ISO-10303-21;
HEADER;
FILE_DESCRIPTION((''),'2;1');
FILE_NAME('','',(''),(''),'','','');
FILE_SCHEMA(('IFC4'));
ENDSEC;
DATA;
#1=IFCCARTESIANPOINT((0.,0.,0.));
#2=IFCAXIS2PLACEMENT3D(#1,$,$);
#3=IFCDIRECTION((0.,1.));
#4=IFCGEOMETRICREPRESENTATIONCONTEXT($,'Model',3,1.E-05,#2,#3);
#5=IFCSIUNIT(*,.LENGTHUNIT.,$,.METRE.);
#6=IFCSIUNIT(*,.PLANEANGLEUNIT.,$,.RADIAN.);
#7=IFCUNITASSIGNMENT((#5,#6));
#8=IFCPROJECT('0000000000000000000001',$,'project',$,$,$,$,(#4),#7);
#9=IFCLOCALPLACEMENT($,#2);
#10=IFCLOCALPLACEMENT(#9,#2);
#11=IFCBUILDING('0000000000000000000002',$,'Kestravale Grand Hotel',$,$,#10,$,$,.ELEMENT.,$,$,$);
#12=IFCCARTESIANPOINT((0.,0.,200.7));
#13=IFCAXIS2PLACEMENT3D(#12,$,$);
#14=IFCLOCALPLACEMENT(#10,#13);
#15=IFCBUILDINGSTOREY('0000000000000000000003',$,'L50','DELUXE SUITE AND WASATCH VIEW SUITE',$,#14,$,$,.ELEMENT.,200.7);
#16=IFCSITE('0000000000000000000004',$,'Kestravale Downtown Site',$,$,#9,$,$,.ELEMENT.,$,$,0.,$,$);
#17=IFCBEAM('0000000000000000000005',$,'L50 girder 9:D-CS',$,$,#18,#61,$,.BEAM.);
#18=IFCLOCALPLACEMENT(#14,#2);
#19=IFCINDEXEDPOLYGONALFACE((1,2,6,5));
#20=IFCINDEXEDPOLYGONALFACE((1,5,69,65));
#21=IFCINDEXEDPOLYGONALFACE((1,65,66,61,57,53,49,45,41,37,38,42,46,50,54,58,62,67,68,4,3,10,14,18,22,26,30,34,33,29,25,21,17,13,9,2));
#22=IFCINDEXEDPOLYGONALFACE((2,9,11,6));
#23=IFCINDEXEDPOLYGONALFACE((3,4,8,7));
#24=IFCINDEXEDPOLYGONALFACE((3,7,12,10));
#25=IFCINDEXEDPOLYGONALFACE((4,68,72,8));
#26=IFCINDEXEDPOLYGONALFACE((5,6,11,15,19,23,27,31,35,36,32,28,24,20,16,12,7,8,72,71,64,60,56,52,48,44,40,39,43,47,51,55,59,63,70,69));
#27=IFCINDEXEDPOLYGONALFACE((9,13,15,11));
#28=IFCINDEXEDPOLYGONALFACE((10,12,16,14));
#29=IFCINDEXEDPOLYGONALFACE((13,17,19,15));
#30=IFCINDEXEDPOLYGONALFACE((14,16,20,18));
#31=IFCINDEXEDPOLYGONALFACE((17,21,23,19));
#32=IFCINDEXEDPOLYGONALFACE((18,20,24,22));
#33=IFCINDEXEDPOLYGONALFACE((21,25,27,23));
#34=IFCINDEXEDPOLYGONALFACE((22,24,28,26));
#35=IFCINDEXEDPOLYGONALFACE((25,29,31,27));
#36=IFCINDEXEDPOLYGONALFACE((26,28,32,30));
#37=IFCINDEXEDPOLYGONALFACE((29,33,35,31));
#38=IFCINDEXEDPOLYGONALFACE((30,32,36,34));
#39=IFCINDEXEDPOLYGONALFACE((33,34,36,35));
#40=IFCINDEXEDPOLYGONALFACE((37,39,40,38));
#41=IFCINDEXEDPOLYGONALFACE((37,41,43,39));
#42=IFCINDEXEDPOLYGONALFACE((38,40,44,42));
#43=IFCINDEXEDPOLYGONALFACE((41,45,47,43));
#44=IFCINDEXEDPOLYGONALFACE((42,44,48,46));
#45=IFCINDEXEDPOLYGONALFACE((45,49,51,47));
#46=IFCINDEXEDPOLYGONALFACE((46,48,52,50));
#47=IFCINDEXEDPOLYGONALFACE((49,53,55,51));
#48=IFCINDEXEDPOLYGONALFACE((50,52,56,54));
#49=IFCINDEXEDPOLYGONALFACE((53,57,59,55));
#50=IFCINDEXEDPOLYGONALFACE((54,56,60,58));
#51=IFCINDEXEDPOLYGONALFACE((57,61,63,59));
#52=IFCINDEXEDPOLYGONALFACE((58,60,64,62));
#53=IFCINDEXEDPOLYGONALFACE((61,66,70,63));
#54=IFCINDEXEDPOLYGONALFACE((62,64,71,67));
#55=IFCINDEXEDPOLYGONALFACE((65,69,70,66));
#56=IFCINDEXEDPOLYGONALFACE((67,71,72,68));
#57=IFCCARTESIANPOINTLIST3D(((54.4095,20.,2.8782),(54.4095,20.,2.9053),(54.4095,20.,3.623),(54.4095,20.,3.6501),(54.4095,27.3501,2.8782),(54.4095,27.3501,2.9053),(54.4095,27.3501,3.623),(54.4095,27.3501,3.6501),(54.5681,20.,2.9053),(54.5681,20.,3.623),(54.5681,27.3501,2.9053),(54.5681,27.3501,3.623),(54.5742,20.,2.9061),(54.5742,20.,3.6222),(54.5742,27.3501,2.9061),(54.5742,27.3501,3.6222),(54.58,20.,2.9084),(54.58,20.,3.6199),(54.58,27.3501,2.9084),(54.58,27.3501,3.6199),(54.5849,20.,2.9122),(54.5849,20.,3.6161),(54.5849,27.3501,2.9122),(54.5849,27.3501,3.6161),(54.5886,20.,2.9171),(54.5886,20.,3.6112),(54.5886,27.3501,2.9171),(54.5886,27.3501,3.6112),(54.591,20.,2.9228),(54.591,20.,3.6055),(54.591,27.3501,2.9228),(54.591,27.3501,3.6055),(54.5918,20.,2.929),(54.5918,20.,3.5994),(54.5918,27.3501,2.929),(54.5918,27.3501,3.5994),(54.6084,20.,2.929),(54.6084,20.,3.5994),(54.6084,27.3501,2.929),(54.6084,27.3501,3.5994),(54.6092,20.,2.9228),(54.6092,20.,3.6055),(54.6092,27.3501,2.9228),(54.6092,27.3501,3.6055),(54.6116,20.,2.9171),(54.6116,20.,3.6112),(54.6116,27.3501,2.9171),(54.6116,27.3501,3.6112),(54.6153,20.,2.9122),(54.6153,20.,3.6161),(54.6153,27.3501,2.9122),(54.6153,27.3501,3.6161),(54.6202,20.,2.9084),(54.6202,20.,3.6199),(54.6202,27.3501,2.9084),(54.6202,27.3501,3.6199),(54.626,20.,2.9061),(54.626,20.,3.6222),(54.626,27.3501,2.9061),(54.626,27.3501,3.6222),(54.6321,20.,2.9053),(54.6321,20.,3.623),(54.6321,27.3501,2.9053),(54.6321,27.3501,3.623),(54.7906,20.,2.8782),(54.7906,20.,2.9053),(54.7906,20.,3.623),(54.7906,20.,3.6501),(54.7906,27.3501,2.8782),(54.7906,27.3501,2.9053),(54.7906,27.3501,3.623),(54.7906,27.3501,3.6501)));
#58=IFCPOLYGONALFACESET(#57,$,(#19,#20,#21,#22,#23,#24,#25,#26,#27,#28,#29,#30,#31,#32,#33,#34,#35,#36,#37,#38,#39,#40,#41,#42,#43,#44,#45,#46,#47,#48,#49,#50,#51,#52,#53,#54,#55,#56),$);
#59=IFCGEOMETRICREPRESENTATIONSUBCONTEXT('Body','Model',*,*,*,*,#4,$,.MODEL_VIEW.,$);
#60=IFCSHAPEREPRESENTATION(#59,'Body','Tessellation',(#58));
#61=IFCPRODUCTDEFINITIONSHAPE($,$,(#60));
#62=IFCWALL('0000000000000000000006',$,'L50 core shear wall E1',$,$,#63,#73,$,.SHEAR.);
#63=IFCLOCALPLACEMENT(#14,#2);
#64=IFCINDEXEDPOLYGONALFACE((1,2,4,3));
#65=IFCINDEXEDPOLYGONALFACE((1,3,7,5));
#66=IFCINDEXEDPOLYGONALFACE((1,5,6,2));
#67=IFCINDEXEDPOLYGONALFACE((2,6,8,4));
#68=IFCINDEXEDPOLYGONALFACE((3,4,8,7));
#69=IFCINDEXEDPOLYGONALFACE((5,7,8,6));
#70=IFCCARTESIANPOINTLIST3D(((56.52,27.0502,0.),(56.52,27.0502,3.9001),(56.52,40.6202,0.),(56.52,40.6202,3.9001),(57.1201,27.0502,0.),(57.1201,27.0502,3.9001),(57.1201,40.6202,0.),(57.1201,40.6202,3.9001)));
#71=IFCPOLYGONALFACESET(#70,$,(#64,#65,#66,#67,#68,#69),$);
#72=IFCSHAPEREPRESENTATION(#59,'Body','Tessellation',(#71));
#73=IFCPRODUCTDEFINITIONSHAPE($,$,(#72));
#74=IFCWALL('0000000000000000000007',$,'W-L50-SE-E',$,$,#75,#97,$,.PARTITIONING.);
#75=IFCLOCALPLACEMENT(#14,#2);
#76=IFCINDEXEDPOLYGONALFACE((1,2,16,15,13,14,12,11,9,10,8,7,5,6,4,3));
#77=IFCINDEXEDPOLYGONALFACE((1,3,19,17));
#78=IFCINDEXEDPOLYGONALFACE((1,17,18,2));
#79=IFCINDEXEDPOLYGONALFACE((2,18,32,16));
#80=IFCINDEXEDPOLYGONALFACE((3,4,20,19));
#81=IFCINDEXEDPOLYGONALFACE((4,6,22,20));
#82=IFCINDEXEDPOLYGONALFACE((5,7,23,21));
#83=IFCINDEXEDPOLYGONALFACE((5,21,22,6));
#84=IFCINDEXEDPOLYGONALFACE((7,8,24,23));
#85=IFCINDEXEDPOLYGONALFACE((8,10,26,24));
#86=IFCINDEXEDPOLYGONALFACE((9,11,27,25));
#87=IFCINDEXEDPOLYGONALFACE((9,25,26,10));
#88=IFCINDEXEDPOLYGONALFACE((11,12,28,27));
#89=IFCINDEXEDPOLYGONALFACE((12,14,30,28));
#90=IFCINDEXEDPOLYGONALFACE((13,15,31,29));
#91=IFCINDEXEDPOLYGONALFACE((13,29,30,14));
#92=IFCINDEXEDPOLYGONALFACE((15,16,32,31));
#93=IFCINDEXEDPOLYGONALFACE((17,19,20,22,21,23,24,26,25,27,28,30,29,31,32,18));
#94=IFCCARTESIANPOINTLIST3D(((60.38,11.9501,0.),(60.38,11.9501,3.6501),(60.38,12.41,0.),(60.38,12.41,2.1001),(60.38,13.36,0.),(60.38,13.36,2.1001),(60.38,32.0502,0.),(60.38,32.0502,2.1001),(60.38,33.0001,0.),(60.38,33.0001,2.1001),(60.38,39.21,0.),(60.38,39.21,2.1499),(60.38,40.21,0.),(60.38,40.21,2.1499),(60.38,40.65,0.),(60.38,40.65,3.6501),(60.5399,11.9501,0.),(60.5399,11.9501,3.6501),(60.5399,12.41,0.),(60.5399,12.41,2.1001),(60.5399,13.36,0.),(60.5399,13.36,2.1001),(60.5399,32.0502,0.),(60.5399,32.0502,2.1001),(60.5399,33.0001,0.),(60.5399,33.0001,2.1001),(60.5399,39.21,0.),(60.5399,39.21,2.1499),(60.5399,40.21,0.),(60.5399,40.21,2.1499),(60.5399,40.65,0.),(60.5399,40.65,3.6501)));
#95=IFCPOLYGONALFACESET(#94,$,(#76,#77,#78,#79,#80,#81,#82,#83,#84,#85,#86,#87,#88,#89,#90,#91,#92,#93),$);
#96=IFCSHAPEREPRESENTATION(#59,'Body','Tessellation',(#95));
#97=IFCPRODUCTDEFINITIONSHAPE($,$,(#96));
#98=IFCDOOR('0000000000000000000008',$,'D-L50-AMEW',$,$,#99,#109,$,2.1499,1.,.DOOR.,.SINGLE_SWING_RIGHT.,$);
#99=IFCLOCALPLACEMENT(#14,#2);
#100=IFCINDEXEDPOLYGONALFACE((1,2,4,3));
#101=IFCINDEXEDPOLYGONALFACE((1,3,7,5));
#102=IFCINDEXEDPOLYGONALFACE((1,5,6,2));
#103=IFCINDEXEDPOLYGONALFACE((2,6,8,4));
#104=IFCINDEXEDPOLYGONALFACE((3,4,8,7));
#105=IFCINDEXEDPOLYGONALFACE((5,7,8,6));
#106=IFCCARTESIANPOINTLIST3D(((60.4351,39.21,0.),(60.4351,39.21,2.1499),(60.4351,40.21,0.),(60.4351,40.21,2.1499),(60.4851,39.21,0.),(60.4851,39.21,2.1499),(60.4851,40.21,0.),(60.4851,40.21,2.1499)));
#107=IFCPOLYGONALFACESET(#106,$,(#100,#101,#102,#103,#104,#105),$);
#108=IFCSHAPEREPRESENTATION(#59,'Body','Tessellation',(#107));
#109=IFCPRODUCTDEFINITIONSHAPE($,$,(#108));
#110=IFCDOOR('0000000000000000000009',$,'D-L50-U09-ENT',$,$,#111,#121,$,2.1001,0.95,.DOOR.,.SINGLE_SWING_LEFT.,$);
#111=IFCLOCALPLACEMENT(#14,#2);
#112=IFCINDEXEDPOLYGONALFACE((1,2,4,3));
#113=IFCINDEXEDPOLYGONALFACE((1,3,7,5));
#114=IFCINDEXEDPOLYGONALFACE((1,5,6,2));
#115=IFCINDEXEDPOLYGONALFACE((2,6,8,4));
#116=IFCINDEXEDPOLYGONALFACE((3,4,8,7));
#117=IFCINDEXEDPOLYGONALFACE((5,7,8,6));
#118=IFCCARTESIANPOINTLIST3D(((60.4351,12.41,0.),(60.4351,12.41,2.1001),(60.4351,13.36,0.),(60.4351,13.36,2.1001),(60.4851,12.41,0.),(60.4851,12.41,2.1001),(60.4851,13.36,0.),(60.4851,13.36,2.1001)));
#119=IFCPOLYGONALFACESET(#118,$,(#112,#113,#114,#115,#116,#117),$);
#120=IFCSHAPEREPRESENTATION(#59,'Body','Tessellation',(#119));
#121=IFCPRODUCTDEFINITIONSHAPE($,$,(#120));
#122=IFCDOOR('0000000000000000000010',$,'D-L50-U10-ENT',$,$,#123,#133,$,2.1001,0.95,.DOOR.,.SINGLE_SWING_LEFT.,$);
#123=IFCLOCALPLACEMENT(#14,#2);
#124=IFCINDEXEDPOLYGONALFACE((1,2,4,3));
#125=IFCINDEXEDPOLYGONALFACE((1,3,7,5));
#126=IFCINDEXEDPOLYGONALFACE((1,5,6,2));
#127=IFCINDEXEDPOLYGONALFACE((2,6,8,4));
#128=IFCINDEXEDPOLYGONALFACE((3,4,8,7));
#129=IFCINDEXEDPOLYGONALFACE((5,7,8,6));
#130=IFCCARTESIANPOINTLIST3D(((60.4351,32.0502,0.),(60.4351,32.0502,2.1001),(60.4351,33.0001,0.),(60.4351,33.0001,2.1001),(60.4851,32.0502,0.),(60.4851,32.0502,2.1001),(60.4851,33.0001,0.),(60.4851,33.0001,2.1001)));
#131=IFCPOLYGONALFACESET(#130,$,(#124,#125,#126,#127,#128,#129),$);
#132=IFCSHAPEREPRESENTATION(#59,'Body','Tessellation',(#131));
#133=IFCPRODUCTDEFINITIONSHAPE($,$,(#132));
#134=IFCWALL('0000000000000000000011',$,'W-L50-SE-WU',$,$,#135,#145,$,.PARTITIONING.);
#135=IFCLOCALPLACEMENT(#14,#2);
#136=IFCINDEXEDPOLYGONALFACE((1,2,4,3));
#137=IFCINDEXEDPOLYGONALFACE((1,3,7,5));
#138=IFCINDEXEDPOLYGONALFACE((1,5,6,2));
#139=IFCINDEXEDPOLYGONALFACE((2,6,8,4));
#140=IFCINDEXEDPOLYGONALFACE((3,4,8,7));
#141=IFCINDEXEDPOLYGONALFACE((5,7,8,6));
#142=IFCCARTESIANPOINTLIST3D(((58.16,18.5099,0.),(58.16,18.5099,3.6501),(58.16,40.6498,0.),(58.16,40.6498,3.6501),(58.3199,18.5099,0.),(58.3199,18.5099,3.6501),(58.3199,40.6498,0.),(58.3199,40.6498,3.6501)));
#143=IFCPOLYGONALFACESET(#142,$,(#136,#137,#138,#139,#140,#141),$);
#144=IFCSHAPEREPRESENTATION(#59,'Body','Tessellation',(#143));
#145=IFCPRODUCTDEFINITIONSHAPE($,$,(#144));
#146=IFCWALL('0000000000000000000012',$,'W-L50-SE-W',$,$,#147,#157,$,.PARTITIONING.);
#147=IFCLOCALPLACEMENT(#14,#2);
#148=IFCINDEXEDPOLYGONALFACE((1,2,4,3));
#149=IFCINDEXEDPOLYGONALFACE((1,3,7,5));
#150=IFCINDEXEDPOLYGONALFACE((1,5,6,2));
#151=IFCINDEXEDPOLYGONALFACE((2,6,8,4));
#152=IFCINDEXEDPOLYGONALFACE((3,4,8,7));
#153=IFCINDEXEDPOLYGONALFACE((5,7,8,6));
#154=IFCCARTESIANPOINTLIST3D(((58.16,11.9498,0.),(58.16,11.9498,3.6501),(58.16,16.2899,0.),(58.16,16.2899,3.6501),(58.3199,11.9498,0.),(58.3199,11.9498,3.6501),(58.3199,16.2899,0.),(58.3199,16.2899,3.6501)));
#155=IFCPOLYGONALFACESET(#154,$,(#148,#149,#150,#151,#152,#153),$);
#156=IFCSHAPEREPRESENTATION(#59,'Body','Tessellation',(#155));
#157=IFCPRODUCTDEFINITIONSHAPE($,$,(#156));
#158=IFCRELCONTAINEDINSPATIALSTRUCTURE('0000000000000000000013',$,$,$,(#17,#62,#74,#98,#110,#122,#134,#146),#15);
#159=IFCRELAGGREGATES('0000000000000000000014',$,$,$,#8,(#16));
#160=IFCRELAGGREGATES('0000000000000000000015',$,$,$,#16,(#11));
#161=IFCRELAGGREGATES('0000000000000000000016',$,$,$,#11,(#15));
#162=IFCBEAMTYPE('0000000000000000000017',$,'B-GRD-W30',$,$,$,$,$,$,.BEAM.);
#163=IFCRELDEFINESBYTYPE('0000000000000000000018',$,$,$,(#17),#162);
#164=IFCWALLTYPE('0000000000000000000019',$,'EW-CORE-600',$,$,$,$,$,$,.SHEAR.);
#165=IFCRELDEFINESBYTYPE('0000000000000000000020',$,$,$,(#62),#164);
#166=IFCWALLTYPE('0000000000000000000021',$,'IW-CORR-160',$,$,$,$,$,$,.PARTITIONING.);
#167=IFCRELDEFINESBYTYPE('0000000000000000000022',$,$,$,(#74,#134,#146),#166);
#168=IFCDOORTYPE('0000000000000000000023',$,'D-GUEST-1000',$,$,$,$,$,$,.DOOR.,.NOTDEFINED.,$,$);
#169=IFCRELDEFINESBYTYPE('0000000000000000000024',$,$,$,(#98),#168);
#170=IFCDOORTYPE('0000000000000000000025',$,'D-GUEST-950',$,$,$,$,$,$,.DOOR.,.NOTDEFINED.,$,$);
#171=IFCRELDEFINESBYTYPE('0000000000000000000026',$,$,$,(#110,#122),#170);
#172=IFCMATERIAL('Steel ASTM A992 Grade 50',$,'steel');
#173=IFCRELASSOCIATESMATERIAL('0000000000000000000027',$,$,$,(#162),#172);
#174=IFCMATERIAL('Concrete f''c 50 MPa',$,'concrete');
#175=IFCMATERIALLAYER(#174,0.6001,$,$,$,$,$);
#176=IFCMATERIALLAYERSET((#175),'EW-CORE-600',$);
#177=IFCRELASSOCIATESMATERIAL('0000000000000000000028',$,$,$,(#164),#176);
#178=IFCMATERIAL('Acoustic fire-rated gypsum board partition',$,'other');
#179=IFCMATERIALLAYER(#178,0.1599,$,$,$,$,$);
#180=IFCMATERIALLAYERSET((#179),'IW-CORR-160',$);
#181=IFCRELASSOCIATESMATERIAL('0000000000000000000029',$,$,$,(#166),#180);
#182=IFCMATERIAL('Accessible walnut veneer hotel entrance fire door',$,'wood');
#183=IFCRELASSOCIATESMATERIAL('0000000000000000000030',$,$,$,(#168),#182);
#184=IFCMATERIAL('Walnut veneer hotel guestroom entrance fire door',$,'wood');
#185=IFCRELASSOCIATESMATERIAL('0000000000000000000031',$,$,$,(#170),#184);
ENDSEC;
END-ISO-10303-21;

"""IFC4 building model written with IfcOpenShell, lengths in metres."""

from ifc_helpers import new_model, si_unit, direction, frame, frame_2d, origin, origin_2d, place, context, subcontext, project, spatial, rectangle, i_section, extrude, material, layer, layer_set, material_profile, profile_set, type_object, element, fill, save


model = new_model("IFC4")

# Units and contexts
model_context = context("Model", 3, precision=1e-05, world=origin(), true_north=direction((0.0, 1.0)))
body_context = subcontext(model_context, "Body", "Model", "MODEL_VIEW")
ifc_project = project(units=[si_unit("LENGTHUNIT", "METRE"), si_unit("PLANEANGLEUNIT", "RADIAN")], contexts=[model_context])

# Site, building, storey
site_placement = place(None, origin())
site = spatial("IfcSite", under=ifc_project, at=site_placement, Name="Kestravale Downtown Site", CompositionType="ELEMENT", RefElevation=0.0)
building_placement = place(site_placement, origin())
building = spatial("IfcBuilding", under=site, at=building_placement, Name="Kestravale Grand Hotel", CompositionType="ELEMENT")
storey_placement = place(building_placement, frame((0.0, 0.0, 200.7)))
storey = spatial("IfcBuildingStorey", under=building, at=storey_placement, Name="L50", Description="DELUXE SUITE AND WASATCH VIEW SUITE", CompositionType="ELEMENT", Elevation=200.7)

# Beam
ifc_material_1 = material(Name="Steel ASTM A992 Grade 50", Category="steel")
ifc_material_profile_1 = material_profile(ifc_material_1, i_section(OverallWidth=0.3811, OverallDepth=0.772, WebThickness=0.0166, FlangeThickness=0.0271, FilletRadius=0.0237, at=origin_2d()))
ifc_profile_set_1 = profile_set([ifc_material_profile_1], Name="Steel ASTM A992 Grade 50")
beam_type_1 = type_object("IfcBeamType", Name="B-GRD-W30", PredefinedType="BEAM", material=ifc_profile_set_1)
beam_1_placement = place(storey_placement, frame((54.6001, 20.0, 3.2642), z_axis=(0.0, 1.0, 0.0), x_axis=(-1.0, 0.0, 0.0)))
element("IfcBeam", 1, at=beam_1_placement, inside=storey, type_object=beam_type_1, Name="L50 girder 9:D-CS", PredefinedType="BEAM", context=body_context, shape_type="SweptSolid", body=[
    extrude(i_section(OverallWidth=0.3811, OverallDepth=0.772, WebThickness=0.0166, FlangeThickness=0.0271, FilletRadius=0.0237, at=origin_2d()), origin(), (0.0, 0.0, 1.0), 7.3501),
])

# Wall
ifc_material_2 = material(Name="Concrete f'c 50 MPa", Category="concrete")
ifc_layer_1 = layer(ifc_material_2, 0.6001)
ifc_layer_set_1 = layer_set([ifc_layer_1], Name="EW-CORE-600")
wall_type_1 = type_object("IfcWallType", Name="EW-CORE-600", PredefinedType="SHEAR", material=ifc_layer_set_1)
wall_1_placement = place(storey_placement, frame((56.8201, 27.05, 0.0), z_axis=(0.0, 0.0, 1.0), x_axis=(0.0, 1.0, 0.0)))
element("IfcWall", 2, at=wall_1_placement, inside=storey, type_object=wall_type_1, Name="L50 core shear wall E1", PredefinedType="SHEAR", context=body_context, shape_type="SweptSolid", body=[
    extrude(rectangle(XDim=13.5701, YDim=0.6001, at=frame_2d((6.7852, 0.0))), origin(), (0.0, 0.0, 1.0), 3.9001),
])

# Wall, openings, doors
ifc_material_3 = material(Name="Acoustic fire-rated gypsum board partition", Category="other")
ifc_layer_2 = layer(ifc_material_3, 0.1599)
ifc_layer_set_2 = layer_set([ifc_layer_2], Name="IW-CORR-160")
wall_type_2 = type_object("IfcWallType", Name="IW-CORR-160", PredefinedType="PARTITIONING", material=ifc_layer_set_2)
wall_2_placement = place(storey_placement, frame((60.46, 11.95, 0.0), z_axis=(0.0, 0.0, 1.0), x_axis=(0.0, 1.0, 0.0)))
wall_2 = element("IfcWall", 3, at=wall_2_placement, inside=storey, type_object=wall_type_2, Name="W-L50-SE-E", PredefinedType="PARTITIONING", context=body_context, shape_type="SweptSolid", body=[
    extrude(rectangle(XDim=28.7, YDim=0.1599, at=frame_2d((14.3501, 0.0))), origin(), (0.0, 0.0, 1.0), 3.6501),
])
opening_1_placement = place(wall_2_placement, frame((0.46, 0.0, 0.0)))
opening_1 = element("IfcOpeningElement", 4, at=opening_1_placement, cuts=wall_2, PredefinedType="OPENING", context=body_context, shape_type="SweptSolid", body=[
    extrude(rectangle(XDim=0.95, YDim=2.1001, at=frame_2d((0.4751, 1.05))), frame((0.0, 0.0898, 0.0), z_axis=(0.0, -1.0, 0.0), x_axis=(1.0, 0.0, 0.0)), (0.0, 0.0, 1.0), 0.1799),
])
opening_2_placement = place(wall_2_placement, frame((20.1001, 0.0, 0.0)))
opening_2 = element("IfcOpeningElement", 5, at=opening_2_placement, cuts=wall_2, PredefinedType="OPENING", context=body_context, shape_type="SweptSolid", body=[
    extrude(rectangle(XDim=0.95, YDim=2.1001, at=frame_2d((0.4751, 1.05))), frame((0.0, 0.0898, 0.0), z_axis=(0.0, -1.0, 0.0), x_axis=(1.0, 0.0, 0.0)), (0.0, 0.0, 1.0), 0.1799),
])
opening_3_placement = place(wall_2_placement, frame((27.26, 0.0, 0.0)))
opening_3 = element("IfcOpeningElement", 6, at=opening_3_placement, cuts=wall_2, PredefinedType="OPENING", context=body_context, shape_type="SweptSolid", body=[
    extrude(rectangle(XDim=1.0, YDim=2.1499, at=frame_2d((0.5, 1.075))), frame((0.0, 0.0898, 0.0), z_axis=(0.0, -1.0, 0.0), x_axis=(1.0, 0.0, 0.0)), (0.0, 0.0, 1.0), 0.1799),
])
ifc_material_4 = material(Name="Accessible walnut veneer hotel entrance fire door", Category="wood")
door_type_1 = type_object("IfcDoorType", Name="D-GUEST-1000", OperationType="NOTDEFINED", PredefinedType="DOOR", material=ifc_material_4)
door_1_placement = place(opening_3_placement, origin())
door_1 = element("IfcDoor", 7, at=door_1_placement, inside=storey, type_object=door_type_1, Name="D-L50-AMEW", OperationType="SINGLE_SWING_RIGHT", OverallHeight=2.1499, OverallWidth=1.0, PredefinedType="DOOR", context=body_context, shape_type="SweptSolid", body=[
    extrude(rectangle(XDim=1.0, YDim=2.1499, at=frame_2d((0.5, 1.075))), frame((0.0, 0.0249, 0.0), z_axis=(0.0, -1.0, 0.0), x_axis=(1.0, 0.0, 0.0)), (0.0, 0.0, 1.0), 0.05),
])
fill(opening_3, door_1)
ifc_material_5 = material(Name="Walnut veneer hotel guestroom entrance fire door", Category="wood")
door_type_2 = type_object("IfcDoorType", Name="D-GUEST-950", OperationType="NOTDEFINED", PredefinedType="DOOR", material=ifc_material_5)
door_2_placement = place(opening_1_placement, origin())
door_2 = element("IfcDoor", 8, at=door_2_placement, inside=storey, type_object=door_type_2, Name="D-L50-U09-ENT", OperationType="SINGLE_SWING_LEFT", OverallHeight=2.1001, OverallWidth=0.95, PredefinedType="DOOR", context=body_context, shape_type="SweptSolid", body=[
    extrude(rectangle(XDim=0.95, YDim=2.1001, at=frame_2d((0.4751, 1.05))), frame((0.0, 0.0249, 0.0), z_axis=(0.0, -1.0, 0.0), x_axis=(1.0, 0.0, 0.0)), (0.0, 0.0, 1.0), 0.05),
])
fill(opening_1, door_2)
door_3_placement = place(opening_2_placement, origin())
door_3 = element("IfcDoor", 9, at=door_3_placement, inside=storey, type_object=door_type_2, Name="D-L50-U10-ENT", OperationType="SINGLE_SWING_LEFT", OverallHeight=2.1001, OverallWidth=0.95, PredefinedType="DOOR", context=body_context, shape_type="SweptSolid", body=[
    extrude(rectangle(XDim=0.95, YDim=2.1001, at=frame_2d((0.4751, 1.05))), frame((0.0, 0.0249, 0.0), z_axis=(0.0, -1.0, 0.0), x_axis=(1.0, 0.0, 0.0)), (0.0, 0.0, 1.0), 0.05),
])
fill(opening_2, door_3)

# Walls
wall_3_placement = place(storey_placement, frame((58.24, 18.51, 0.0), z_axis=(0.0, 0.0, 1.0), x_axis=(0.0, 1.0, 0.0)))
element("IfcWall", 10, at=wall_3_placement, inside=storey, type_object=wall_type_2, Name="W-L50-SE-WU", PredefinedType="PARTITIONING", context=body_context, shape_type="SweptSolid", body=[
    extrude(rectangle(XDim=22.1399, YDim=0.1599, at=frame_2d((11.0698, 0.0))), origin(), (0.0, 0.0, 1.0), 3.6501),
])
wall_4_placement = place(storey_placement, frame((58.24, 11.95, 0.0), z_axis=(0.0, 0.0, 1.0), x_axis=(0.0, 1.0, 0.0)))
element("IfcWall", 11, at=wall_4_placement, inside=storey, type_object=wall_type_2, Name="W-L50-SE-W", PredefinedType="PARTITIONING", context=body_context, shape_type="SweptSolid", body=[
    extrude(rectangle(XDim=4.3401, YDim=0.1599, at=frame_2d((2.1699, 0.0))), origin(), (0.0, 0.0, 1.0), 3.6501),
])

save(model, "model.ifc")
